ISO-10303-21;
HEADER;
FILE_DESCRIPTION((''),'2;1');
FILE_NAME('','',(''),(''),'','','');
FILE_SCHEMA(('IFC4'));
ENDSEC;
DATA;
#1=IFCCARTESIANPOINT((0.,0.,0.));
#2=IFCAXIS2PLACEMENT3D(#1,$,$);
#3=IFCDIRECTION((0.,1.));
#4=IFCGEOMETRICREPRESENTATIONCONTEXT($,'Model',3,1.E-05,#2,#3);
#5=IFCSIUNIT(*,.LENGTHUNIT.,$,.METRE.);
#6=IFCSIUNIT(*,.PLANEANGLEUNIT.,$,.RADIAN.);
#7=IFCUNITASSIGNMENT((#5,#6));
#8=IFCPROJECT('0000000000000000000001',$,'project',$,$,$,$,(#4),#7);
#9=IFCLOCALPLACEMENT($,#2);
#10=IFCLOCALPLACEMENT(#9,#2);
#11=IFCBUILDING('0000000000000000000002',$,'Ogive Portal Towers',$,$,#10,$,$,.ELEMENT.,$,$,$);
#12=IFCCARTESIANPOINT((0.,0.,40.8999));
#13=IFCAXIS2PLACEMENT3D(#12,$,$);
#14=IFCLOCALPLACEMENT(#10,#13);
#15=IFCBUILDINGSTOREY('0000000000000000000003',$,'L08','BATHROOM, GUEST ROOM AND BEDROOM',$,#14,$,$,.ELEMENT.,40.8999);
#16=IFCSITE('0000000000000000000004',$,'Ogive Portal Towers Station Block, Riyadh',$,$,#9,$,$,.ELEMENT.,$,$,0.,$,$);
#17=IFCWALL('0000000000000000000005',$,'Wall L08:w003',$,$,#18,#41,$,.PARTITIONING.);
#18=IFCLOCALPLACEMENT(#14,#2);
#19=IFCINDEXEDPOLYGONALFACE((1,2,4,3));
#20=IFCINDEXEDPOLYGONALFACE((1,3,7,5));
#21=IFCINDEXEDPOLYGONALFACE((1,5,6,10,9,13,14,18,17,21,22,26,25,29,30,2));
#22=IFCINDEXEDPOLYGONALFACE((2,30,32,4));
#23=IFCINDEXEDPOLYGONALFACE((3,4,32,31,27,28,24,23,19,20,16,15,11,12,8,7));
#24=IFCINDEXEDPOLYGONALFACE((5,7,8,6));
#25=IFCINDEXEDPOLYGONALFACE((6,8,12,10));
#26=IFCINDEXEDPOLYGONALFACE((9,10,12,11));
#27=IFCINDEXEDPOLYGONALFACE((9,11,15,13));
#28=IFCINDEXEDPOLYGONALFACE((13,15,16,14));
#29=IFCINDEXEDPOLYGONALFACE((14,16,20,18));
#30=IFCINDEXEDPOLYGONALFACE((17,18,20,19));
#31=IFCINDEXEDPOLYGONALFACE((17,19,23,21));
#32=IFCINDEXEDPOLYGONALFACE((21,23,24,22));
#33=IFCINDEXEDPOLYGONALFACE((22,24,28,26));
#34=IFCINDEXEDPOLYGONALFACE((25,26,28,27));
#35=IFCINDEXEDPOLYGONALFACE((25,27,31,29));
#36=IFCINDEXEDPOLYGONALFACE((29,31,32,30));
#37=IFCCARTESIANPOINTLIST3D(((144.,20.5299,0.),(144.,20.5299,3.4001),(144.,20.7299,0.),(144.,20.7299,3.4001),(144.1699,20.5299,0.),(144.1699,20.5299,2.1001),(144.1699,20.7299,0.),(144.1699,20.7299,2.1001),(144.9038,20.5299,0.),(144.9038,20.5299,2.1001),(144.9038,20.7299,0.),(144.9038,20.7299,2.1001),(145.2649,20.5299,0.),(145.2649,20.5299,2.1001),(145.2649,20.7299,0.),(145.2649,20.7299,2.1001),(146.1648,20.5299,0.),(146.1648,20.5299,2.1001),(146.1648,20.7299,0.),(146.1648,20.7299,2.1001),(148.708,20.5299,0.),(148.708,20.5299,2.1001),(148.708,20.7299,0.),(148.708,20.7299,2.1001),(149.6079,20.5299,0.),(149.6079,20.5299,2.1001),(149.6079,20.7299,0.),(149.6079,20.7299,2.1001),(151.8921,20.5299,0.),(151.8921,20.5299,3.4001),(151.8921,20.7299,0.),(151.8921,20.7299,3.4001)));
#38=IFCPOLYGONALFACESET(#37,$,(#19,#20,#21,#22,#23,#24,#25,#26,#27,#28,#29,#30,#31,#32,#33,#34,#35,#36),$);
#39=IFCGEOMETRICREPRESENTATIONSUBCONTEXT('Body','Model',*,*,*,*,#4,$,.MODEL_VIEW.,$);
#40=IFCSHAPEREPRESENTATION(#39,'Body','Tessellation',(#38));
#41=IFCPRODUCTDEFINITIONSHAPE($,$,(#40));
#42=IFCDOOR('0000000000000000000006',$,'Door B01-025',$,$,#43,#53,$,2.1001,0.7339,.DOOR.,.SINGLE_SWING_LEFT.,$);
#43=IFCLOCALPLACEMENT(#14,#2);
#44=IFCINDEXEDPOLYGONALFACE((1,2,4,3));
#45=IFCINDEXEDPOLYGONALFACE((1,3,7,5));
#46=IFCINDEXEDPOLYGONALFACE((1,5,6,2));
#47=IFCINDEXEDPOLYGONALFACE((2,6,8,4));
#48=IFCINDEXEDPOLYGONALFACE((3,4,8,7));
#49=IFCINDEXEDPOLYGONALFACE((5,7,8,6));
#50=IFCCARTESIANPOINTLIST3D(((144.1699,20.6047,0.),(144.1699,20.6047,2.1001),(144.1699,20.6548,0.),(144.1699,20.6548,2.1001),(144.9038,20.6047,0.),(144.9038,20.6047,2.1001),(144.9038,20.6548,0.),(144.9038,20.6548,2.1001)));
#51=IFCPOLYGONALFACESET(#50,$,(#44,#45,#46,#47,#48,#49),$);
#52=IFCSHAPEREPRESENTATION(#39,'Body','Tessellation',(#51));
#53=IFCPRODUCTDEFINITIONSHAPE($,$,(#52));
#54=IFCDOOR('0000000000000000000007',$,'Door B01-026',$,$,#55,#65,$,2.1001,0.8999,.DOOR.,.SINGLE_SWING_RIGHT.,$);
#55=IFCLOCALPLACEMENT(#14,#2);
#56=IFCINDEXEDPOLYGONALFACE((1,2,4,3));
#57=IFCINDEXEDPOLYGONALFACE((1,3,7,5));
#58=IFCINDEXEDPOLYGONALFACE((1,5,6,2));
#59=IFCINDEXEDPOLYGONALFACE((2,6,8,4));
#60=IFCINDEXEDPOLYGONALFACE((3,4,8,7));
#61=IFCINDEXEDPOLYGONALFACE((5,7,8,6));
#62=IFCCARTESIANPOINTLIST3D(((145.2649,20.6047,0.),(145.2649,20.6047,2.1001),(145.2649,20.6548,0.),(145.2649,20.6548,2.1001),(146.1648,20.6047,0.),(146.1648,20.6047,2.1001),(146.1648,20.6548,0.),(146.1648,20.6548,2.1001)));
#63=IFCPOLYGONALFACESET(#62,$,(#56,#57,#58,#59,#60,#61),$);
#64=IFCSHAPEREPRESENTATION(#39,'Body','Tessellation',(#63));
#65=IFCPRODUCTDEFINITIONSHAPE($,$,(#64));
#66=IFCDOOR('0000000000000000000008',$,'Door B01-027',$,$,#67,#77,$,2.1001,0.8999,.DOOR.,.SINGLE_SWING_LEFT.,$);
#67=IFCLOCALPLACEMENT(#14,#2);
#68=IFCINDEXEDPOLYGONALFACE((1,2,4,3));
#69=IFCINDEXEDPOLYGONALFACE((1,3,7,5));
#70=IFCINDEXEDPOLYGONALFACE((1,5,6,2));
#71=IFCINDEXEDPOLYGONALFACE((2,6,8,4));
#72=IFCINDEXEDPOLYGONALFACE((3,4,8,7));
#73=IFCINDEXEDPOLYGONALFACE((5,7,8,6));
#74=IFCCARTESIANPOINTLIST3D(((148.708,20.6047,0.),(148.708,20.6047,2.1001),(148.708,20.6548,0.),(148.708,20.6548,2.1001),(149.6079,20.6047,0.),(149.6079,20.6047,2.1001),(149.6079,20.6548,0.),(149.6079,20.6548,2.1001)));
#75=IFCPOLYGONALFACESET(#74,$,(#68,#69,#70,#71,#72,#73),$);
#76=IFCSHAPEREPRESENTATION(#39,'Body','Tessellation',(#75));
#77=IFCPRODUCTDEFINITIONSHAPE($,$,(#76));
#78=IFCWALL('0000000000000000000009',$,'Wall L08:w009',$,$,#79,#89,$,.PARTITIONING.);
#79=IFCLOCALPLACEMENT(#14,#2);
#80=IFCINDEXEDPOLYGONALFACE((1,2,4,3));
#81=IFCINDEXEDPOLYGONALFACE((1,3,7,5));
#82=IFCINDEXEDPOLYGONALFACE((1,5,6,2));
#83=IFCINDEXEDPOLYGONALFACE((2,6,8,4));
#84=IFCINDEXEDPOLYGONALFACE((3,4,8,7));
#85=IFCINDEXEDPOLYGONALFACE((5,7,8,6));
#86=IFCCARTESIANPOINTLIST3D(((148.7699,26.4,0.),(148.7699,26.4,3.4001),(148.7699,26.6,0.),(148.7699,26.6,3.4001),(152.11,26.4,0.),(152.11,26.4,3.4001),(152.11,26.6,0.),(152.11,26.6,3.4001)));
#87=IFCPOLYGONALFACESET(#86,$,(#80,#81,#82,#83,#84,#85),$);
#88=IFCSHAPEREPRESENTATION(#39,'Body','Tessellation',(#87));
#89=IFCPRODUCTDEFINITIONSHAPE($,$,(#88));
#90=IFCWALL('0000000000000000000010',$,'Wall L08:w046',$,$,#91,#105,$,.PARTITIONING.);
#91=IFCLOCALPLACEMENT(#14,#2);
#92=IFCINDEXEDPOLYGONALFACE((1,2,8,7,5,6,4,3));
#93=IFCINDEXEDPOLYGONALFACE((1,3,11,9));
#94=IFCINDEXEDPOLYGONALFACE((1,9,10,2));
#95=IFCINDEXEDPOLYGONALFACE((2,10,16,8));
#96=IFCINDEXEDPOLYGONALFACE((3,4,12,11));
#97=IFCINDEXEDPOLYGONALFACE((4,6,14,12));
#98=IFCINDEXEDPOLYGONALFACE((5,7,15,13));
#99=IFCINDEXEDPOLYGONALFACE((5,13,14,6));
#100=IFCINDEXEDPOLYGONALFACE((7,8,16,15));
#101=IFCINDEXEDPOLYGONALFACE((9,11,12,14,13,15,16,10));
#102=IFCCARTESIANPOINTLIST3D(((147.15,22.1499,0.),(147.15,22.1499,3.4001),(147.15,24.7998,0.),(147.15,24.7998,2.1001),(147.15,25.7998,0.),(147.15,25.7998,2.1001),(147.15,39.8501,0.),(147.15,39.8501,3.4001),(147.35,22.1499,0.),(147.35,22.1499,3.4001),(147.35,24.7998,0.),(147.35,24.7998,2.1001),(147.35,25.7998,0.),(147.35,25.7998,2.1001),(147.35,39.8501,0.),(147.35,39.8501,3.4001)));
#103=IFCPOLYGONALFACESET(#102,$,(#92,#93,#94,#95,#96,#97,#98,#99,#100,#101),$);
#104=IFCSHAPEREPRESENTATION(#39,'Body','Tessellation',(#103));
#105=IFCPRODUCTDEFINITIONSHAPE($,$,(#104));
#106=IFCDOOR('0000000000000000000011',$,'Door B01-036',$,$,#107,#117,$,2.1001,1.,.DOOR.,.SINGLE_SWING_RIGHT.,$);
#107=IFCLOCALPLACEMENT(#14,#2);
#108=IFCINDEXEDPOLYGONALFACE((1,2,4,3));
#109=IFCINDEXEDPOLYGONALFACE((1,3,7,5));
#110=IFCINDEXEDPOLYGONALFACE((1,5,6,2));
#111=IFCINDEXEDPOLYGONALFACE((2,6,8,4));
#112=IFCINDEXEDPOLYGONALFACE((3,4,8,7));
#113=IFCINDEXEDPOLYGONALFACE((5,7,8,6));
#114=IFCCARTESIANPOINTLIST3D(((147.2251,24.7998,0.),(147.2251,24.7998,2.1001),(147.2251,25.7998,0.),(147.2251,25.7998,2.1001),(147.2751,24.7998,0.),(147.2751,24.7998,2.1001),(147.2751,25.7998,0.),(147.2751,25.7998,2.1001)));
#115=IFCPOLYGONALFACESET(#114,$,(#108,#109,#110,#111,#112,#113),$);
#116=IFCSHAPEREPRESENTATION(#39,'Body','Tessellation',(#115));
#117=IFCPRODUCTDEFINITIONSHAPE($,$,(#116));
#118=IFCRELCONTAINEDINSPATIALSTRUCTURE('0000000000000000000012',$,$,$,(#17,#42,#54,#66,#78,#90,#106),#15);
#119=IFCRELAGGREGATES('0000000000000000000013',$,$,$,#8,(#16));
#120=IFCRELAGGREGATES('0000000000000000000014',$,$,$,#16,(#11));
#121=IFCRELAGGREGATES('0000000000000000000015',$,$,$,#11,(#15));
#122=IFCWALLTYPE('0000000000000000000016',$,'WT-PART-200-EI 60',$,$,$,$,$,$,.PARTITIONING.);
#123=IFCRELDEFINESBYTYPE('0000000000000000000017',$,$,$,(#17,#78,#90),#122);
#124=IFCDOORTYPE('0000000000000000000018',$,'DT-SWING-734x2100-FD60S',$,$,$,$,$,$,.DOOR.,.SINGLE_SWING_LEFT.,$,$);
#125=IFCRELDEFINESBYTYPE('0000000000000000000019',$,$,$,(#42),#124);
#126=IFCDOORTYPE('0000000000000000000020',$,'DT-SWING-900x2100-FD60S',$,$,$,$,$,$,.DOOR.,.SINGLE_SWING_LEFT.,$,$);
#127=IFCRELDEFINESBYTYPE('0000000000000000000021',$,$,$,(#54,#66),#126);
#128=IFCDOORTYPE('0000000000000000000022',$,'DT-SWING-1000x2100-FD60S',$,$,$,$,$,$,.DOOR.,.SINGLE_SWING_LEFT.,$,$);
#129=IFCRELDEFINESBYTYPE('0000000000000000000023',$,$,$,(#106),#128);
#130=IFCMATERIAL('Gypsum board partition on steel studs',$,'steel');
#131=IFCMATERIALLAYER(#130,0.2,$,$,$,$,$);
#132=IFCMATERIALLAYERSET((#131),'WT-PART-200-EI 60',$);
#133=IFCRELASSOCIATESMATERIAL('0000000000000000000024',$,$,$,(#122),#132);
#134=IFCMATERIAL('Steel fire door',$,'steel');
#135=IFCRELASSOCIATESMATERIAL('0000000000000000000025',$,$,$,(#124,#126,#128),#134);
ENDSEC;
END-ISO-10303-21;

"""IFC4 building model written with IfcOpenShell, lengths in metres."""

from ifc_helpers import new_model, si_unit, direction, frame, frame_2d, origin, place, context, subcontext, project, spatial, rectangle, extrude, material, layer, layer_set, type_object, element, fill, save


model = new_model("IFC4")

# Units and contexts
model_context = context("Model", 3, precision=1e-05, world=origin(), true_north=direction((0.0, 1.0)))
body_context = subcontext(model_context, "Body", "Model", "MODEL_VIEW")
ifc_project = project(units=[si_unit("LENGTHUNIT", "METRE"), si_unit("PLANEANGLEUNIT", "RADIAN")], contexts=[model_context])

# Site, building, storey
site_placement = place(None, origin())
site = spatial("IfcSite", under=ifc_project, at=site_placement, Name="Ogive Portal Towers Station Block, Riyadh", CompositionType="ELEMENT", RefElevation=0.0)
building_placement = place(site_placement, origin())
building = spatial("IfcBuilding", under=site, at=building_placement, Name="Ogive Portal Towers", CompositionType="ELEMENT")
storey_placement = place(building_placement, frame((0.0, 0.0, 40.8999)))
storey = spatial("IfcBuildingStorey", under=building, at=storey_placement, Name="L08", Description="BATHROOM, GUEST ROOM AND BEDROOM", CompositionType="ELEMENT", Elevation=40.8999)

# Wall, openings, doors
ifc_material_1 = material(Name="Gypsum board partition on steel studs", Category="steel")
ifc_layer_1 = layer(ifc_material_1, 0.2)
ifc_layer_set_1 = layer_set([ifc_layer_1], Name="WT-PART-200-EI 60")
wall_type_1 = type_object("IfcWallType", Name="WT-PART-200-EI 60", PredefinedType="PARTITIONING", material=ifc_layer_set_1)
wall_1_placement = place(storey_placement, frame((144.0, 20.6299, 0.0), z_axis=(0.0, 0.0, 1.0), x_axis=(1.0, 0.0, 0.0)))
wall_1 = element("IfcWall", 1, at=wall_1_placement, inside=storey, type_object=wall_type_1, Name="Wall L08:w003", PredefinedType="PARTITIONING", context=body_context, shape_type="SweptSolid", body=[
    extrude(rectangle(XDim=7.8921, YDim=0.2, at=frame_2d((3.946, 0.0))), origin(), (0.0, 0.0, 1.0), 3.4001),
])
opening_1_placement = place(wall_1_placement, frame((0.1699, 0.0, 0.0)))
opening_1 = element("IfcOpeningElement", 2, at=opening_1_placement, cuts=wall_1, PredefinedType="OPENING", context=body_context, shape_type="SweptSolid", body=[
    extrude(rectangle(XDim=0.7339, YDim=2.1001, at=frame_2d((0.3669, 1.05))), frame((0.0, 0.1099, 0.0), z_axis=(0.0, -1.0, 0.0), x_axis=(1.0, 0.0, 0.0)), (0.0, 0.0, 1.0), 0.22),
])
opening_2_placement = place(wall_1_placement, frame((1.2649, 0.0, 0.0)))
opening_2 = element("IfcOpeningElement", 3, at=opening_2_placement, cuts=wall_1, PredefinedType="OPENING", context=body_context, shape_type="SweptSolid", body=[
    extrude(rectangle(XDim=0.8999, YDim=2.1001, at=frame_2d((0.45, 1.05))), frame((0.0, 0.1099, 0.0), z_axis=(0.0, -1.0, 0.0), x_axis=(1.0, 0.0, 0.0)), (0.0, 0.0, 1.0), 0.22),
])
opening_3_placement = place(wall_1_placement, frame((4.708, 0.0, 0.0)))
opening_3 = element("IfcOpeningElement", 4, at=opening_3_placement, cuts=wall_1, PredefinedType="OPENING", context=body_context, shape_type="SweptSolid", body=[
    extrude(rectangle(XDim=0.8999, YDim=2.1001, at=frame_2d((0.45, 1.05))), frame((0.0, 0.1099, 0.0), z_axis=(0.0, -1.0, 0.0), x_axis=(1.0, 0.0, 0.0)), (0.0, 0.0, 1.0), 0.22),
])
ifc_material_2 = material(Name="Steel fire door", Category="steel")
door_type_1 = type_object("IfcDoorType", Name="DT-SWING-734x2100-FD60S", OperationType="SINGLE_SWING_LEFT", PredefinedType="DOOR", material=ifc_material_2)
door_1_placement = place(opening_1_placement, origin())
door_1 = element("IfcDoor", 5, at=door_1_placement, inside=storey, type_object=door_type_1, Name="Door B01-025", OperationType="SINGLE_SWING_LEFT", OverallHeight=2.1001, OverallWidth=0.7339, PredefinedType="DOOR", context=body_context, shape_type="SweptSolid", body=[
    extrude(rectangle(XDim=0.7339, YDim=2.1001, at=frame_2d((0.3669, 1.05))), frame((0.0, 0.0249, 0.0), z_axis=(0.0, -1.0, 0.0), x_axis=(1.0, 0.0, 0.0)), (0.0, 0.0, 1.0), 0.05),
])
fill(opening_1, door_1)
door_type_2 = type_object("IfcDoorType", Name="DT-SWING-900x2100-FD60S", OperationType="SINGLE_SWING_LEFT", PredefinedType="DOOR", material=ifc_material_2)
door_2_placement = place(opening_2_placement, origin())
door_2 = element("IfcDoor", 6, at=door_2_placement, inside=storey, type_object=door_type_2, Name="Door B01-026", OperationType="SINGLE_SWING_RIGHT", OverallHeight=2.1001, OverallWidth=0.8999, PredefinedType="DOOR", context=body_context, shape_type="SweptSolid", body=[
    extrude(rectangle(XDim=0.8999, YDim=2.1001, at=frame_2d((0.45, 1.05))), frame((0.0, 0.0249, 0.0), z_axis=(0.0, -1.0, 0.0), x_axis=(1.0, 0.0, 0.0)), (0.0, 0.0, 1.0), 0.05),
])
fill(opening_2, door_2)
door_3_placement = place(opening_3_placement, origin())
door_3 = element("IfcDoor", 7, at=door_3_placement, inside=storey, type_object=door_type_2, Name="Door B01-027", OperationType="SINGLE_SWING_LEFT", OverallHeight=2.1001, OverallWidth=0.8999, PredefinedType="DOOR", context=body_context, shape_type="SweptSolid", body=[
    extrude(rectangle(XDim=0.8999, YDim=2.1001, at=frame_2d((0.45, 1.05))), frame((0.0, 0.0249, 0.0), z_axis=(0.0, -1.0, 0.0), x_axis=(1.0, 0.0, 0.0)), (0.0, 0.0, 1.0), 0.05),
])
fill(opening_3, door_3)

# Wall
wall_2_placement = place(storey_placement, frame((148.77, 26.5, 0.0), z_axis=(0.0, 0.0, 1.0), x_axis=(1.0, 0.0, 0.0)))
element("IfcWall", 8, at=wall_2_placement, inside=storey, type_object=wall_type_1, Name="Wall L08:w009", PredefinedType="PARTITIONING", context=body_context, shape_type="SweptSolid", body=[
    extrude(rectangle(XDim=3.3401, YDim=0.2, at=frame_2d((1.6699, 0.0))), origin(), (0.0, 0.0, 1.0), 3.4001),
])

# Wall, opening, door
wall_3_placement = place(storey_placement, frame((147.25, 22.1499, 0.0), z_axis=(0.0, 0.0, 1.0), x_axis=(0.0, 1.0, 0.0)))
wall_3 = element("IfcWall", 9, at=wall_3_placement, inside=storey, type_object=wall_type_1, Name="Wall L08:w046", PredefinedType="PARTITIONING", context=body_context, shape_type="SweptSolid", body=[
    extrude(rectangle(XDim=17.7002, YDim=0.2, at=frame_2d((8.8501, 0.0))), origin(), (0.0, 0.0, 1.0), 3.4001),
])
opening_4_placement = place(wall_3_placement, frame((2.6499, 0.0, 0.0)))
opening_4 = element("IfcOpeningElement", 10, at=opening_4_placement, cuts=wall_3, PredefinedType="OPENING", context=body_context, shape_type="SweptSolid", body=[
    extrude(rectangle(XDim=1.0, YDim=2.1001, at=frame_2d((0.5, 1.05))), frame((0.0, 0.1099, 0.0), z_axis=(0.0, -1.0, 0.0), x_axis=(1.0, 0.0, 0.0)), (0.0, 0.0, 1.0), 0.22),
])
door_type_3 = type_object("IfcDoorType", Name="DT-SWING-1000x2100-FD60S", OperationType="SINGLE_SWING_LEFT", PredefinedType="DOOR", material=ifc_material_2)
door_4_placement = place(opening_4_placement, origin())
door_4 = element("IfcDoor", 11, at=door_4_placement, inside=storey, type_object=door_type_3, Name="Door B01-036", OperationType="SINGLE_SWING_RIGHT", OverallHeight=2.1001, OverallWidth=1.0, PredefinedType="DOOR", context=body_context, shape_type="SweptSolid", body=[
    extrude(rectangle(XDim=1.0, YDim=2.1001, at=frame_2d((0.5, 1.05))), frame((0.0, 0.0249, 0.0), z_axis=(0.0, -1.0, 0.0), x_axis=(1.0, 0.0, 0.0)), (0.0, 0.0, 1.0), 0.05),
])
fill(opening_4, door_4)

save(model, "model.ifc")
